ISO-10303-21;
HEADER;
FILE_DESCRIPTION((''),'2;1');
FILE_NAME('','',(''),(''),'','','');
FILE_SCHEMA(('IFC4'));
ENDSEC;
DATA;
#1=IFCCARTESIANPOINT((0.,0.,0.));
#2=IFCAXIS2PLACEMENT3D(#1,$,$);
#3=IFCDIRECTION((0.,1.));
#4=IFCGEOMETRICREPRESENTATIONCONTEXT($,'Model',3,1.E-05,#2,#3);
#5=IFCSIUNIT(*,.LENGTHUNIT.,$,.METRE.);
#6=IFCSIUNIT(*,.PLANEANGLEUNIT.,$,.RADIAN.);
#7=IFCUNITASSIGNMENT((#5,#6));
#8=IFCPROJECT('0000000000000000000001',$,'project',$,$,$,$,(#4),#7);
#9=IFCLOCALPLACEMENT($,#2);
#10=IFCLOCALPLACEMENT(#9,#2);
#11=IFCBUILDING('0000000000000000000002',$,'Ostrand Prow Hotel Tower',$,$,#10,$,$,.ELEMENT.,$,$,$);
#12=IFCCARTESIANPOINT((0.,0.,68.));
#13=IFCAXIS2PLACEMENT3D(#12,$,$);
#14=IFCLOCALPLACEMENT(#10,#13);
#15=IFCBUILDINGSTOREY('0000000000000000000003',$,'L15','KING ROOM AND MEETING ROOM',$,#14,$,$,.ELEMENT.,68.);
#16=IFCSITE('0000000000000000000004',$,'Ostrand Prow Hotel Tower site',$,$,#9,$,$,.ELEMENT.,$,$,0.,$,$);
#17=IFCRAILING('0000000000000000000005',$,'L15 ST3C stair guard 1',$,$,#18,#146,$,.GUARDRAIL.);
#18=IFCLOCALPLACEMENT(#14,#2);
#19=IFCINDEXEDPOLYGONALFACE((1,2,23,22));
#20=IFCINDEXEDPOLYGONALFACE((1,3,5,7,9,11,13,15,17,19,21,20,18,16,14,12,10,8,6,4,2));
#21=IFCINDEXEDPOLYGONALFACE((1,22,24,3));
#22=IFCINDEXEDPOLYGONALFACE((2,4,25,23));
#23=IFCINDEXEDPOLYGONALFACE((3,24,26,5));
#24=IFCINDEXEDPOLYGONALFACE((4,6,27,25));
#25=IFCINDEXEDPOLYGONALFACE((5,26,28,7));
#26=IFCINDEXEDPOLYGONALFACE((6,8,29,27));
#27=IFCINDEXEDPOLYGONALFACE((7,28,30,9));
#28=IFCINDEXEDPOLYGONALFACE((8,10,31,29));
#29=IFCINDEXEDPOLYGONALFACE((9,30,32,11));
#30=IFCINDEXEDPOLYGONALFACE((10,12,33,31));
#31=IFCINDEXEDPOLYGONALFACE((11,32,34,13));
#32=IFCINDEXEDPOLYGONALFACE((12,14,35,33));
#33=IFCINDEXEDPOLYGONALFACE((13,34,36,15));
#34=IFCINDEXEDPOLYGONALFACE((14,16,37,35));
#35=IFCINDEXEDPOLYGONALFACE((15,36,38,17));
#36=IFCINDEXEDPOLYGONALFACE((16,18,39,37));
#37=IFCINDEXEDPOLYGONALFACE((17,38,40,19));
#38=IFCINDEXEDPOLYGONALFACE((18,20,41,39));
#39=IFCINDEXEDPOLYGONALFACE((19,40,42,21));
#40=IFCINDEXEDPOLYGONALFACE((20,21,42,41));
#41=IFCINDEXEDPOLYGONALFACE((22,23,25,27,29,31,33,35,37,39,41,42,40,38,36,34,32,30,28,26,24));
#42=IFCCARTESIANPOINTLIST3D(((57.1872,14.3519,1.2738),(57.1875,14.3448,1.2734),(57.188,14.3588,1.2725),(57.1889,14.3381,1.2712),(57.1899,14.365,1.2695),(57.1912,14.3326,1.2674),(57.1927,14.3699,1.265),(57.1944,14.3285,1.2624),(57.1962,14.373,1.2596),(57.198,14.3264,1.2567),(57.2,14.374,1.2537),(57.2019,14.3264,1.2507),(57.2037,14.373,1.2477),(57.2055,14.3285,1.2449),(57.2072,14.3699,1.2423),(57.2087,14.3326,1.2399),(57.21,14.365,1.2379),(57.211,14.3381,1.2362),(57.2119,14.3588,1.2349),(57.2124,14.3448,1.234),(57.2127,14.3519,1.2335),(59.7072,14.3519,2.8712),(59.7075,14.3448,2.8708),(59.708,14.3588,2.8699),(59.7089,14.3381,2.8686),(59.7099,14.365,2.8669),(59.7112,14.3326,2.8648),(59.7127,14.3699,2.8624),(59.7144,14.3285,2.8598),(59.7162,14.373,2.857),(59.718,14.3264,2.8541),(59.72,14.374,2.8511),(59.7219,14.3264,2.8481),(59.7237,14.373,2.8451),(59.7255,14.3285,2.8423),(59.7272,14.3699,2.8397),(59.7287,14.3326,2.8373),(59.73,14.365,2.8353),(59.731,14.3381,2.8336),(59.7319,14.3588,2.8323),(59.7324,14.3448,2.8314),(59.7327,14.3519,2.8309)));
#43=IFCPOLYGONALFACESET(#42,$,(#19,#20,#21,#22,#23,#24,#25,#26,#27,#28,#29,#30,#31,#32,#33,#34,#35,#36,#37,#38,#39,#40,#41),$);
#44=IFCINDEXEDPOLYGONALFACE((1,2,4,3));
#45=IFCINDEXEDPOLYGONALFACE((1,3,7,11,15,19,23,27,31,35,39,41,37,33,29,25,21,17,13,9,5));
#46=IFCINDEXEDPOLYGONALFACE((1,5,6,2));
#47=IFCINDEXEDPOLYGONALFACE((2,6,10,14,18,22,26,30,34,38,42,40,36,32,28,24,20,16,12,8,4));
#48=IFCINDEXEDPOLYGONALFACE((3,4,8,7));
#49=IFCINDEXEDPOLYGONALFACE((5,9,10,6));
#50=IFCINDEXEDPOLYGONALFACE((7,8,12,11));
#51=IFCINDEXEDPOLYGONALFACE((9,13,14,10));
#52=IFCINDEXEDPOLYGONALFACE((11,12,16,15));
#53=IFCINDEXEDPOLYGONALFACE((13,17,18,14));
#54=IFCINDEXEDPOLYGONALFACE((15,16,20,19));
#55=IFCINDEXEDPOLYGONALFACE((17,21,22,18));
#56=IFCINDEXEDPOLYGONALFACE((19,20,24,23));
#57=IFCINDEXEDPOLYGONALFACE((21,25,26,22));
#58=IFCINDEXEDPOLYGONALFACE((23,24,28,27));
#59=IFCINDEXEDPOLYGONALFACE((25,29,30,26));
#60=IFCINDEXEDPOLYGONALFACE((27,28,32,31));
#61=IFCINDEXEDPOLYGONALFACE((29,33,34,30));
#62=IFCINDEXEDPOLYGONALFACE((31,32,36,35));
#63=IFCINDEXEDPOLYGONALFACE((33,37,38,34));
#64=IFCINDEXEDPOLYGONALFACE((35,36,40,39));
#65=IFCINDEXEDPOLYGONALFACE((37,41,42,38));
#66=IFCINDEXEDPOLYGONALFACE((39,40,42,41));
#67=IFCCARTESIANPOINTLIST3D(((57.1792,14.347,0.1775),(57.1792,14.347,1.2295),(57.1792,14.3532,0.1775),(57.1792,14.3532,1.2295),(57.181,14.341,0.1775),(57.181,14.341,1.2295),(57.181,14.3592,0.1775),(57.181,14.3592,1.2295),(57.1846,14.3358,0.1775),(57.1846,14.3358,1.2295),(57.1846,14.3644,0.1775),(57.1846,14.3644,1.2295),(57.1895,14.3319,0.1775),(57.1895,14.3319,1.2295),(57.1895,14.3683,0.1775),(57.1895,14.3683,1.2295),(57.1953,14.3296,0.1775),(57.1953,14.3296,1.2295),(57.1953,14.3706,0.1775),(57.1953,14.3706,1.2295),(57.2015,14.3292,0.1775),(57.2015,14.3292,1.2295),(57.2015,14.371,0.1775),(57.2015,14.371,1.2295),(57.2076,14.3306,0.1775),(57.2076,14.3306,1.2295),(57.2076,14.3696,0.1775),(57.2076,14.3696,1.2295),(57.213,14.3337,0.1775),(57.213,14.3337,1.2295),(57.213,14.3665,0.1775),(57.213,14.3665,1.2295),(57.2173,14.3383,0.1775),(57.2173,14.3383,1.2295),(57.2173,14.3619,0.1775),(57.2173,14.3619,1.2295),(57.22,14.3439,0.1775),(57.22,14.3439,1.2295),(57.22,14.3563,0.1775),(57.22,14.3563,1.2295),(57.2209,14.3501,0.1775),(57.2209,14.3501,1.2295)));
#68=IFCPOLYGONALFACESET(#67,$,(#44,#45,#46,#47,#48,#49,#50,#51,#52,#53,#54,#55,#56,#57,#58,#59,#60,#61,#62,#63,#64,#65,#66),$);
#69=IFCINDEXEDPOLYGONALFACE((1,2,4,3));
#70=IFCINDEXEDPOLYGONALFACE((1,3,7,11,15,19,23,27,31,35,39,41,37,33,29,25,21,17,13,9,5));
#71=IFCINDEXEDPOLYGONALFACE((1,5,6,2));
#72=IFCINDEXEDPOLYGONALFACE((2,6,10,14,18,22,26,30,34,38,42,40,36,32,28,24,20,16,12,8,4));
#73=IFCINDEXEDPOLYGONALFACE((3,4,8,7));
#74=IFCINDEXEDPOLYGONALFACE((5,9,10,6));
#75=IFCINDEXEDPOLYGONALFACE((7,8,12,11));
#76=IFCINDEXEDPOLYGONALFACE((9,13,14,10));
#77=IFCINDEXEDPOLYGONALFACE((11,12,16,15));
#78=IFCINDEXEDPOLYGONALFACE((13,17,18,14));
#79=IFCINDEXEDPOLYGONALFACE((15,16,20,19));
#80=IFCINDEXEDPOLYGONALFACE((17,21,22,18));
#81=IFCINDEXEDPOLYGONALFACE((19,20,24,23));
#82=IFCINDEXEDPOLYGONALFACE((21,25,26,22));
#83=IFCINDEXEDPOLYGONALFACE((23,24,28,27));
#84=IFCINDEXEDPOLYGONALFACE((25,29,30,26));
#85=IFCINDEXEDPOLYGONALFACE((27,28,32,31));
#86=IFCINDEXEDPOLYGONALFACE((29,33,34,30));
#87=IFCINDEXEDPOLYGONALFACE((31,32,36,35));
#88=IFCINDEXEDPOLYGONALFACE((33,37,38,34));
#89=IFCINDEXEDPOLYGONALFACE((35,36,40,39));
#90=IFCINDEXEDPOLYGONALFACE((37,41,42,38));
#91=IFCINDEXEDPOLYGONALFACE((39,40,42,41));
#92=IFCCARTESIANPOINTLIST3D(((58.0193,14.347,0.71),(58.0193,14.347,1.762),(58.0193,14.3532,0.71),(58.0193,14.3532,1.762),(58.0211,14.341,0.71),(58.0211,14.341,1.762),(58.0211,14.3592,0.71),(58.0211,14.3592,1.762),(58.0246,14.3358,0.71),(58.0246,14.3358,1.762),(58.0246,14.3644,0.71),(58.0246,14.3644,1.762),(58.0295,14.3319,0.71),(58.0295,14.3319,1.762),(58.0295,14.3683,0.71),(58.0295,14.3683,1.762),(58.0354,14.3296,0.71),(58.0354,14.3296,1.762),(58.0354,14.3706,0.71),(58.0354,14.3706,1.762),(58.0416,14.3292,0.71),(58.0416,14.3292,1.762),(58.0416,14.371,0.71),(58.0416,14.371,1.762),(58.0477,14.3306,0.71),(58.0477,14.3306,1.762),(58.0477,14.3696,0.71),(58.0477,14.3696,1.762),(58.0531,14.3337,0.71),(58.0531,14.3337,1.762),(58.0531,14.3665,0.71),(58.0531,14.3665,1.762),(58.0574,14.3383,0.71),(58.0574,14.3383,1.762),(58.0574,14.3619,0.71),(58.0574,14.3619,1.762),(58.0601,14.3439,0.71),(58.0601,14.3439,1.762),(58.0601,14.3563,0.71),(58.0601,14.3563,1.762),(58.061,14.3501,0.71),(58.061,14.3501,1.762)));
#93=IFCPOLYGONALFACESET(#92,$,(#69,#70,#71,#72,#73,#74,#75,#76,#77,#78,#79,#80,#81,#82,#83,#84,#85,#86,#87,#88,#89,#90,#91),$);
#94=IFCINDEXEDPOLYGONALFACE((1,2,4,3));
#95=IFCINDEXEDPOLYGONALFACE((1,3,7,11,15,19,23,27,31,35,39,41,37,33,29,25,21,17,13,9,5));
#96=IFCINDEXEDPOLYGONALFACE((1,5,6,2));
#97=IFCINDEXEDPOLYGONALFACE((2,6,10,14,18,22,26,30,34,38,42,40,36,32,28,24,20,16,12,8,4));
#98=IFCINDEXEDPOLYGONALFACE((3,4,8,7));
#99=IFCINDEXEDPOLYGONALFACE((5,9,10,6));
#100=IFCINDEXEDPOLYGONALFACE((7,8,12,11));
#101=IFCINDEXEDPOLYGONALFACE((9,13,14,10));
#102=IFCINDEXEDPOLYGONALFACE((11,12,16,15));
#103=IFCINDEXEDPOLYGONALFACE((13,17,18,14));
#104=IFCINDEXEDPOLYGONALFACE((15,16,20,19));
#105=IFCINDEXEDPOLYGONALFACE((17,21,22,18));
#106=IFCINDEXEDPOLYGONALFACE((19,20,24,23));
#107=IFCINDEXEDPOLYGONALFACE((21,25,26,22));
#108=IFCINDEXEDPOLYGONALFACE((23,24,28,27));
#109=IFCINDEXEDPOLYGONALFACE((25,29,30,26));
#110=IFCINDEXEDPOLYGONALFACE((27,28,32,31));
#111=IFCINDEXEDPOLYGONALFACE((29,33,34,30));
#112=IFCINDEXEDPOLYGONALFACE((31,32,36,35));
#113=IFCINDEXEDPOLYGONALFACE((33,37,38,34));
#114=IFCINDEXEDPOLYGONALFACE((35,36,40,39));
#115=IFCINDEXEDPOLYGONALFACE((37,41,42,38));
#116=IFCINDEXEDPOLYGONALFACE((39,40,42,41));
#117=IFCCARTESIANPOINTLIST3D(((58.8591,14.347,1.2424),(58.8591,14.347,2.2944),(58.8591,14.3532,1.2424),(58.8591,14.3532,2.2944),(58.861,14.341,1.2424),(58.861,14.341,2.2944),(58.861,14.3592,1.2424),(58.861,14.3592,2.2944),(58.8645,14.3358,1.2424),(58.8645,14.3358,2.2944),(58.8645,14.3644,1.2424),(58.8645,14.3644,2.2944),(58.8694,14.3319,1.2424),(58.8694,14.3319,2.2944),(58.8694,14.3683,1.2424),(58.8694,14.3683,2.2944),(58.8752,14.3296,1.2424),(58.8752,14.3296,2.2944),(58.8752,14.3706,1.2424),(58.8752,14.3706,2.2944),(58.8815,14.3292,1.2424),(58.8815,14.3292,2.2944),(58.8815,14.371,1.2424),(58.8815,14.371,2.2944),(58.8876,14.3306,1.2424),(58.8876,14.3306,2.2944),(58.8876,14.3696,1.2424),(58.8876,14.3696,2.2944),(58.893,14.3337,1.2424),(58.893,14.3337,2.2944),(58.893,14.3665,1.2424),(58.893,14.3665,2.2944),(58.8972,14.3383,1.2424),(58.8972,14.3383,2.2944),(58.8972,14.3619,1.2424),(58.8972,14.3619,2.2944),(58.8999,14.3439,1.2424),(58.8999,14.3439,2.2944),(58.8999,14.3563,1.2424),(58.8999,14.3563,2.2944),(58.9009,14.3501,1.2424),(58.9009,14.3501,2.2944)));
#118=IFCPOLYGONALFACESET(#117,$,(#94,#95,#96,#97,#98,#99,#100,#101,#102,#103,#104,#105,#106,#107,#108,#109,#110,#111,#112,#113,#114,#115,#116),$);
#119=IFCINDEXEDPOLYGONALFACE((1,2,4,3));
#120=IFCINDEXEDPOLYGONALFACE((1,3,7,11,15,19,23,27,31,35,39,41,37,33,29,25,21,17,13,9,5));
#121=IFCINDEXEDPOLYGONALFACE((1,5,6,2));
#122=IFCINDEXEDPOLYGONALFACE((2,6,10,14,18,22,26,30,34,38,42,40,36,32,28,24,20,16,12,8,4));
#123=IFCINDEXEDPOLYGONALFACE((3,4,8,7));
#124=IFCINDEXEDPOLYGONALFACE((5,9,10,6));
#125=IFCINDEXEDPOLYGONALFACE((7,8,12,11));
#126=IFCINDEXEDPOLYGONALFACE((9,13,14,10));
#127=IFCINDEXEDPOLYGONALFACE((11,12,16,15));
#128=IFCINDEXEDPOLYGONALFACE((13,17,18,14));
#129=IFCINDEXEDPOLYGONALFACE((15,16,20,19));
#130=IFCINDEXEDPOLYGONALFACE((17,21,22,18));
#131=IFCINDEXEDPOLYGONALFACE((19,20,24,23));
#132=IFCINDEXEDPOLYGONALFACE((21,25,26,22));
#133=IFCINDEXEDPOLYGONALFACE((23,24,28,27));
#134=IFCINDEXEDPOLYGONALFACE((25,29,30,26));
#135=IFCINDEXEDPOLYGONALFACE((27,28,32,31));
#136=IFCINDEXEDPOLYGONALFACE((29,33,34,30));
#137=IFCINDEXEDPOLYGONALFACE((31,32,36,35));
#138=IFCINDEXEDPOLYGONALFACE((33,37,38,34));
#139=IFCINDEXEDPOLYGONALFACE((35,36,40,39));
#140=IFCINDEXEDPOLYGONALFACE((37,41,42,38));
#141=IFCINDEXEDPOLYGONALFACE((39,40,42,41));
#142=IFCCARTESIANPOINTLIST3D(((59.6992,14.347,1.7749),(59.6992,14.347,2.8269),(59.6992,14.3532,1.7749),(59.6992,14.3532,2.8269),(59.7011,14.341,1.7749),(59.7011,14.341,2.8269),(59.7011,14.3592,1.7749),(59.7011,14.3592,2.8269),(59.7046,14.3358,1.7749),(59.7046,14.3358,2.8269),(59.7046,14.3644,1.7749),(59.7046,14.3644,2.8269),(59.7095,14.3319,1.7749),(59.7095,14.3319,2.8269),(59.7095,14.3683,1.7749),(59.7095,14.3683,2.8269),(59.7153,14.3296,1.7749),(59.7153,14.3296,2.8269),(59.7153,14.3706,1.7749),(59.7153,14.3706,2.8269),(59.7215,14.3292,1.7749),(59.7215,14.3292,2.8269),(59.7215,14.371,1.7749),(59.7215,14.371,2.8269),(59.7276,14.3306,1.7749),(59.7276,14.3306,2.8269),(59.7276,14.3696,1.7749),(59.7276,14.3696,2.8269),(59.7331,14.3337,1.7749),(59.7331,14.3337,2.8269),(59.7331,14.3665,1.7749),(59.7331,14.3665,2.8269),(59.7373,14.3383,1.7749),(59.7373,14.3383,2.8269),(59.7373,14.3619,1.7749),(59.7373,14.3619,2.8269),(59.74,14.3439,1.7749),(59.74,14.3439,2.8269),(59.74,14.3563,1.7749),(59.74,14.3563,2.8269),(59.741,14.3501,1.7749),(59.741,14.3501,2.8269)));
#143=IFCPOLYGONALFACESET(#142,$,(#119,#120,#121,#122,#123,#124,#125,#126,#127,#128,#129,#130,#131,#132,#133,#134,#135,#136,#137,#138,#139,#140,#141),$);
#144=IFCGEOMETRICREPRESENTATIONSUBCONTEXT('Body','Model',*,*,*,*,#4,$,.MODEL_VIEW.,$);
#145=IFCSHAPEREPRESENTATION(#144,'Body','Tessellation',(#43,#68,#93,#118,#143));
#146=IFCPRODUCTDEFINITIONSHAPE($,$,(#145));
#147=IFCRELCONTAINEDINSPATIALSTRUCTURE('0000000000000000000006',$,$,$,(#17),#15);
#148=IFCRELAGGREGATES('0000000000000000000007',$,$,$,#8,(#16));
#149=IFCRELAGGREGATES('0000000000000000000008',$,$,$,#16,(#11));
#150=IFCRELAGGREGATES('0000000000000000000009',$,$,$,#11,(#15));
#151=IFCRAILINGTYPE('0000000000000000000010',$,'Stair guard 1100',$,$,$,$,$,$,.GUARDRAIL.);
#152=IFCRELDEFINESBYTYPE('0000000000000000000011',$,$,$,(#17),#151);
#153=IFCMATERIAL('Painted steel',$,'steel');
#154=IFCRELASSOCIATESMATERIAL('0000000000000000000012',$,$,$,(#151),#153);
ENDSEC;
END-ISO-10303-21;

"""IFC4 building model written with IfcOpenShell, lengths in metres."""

from ifc_helpers import new_model, si_unit, direction, frame, origin, origin_2d, place, context, subcontext, project, spatial, circle, extrude, material, type_object, element, save


model = new_model("IFC4")

# Units and contexts
model_context = context("Model", 3, precision=1e-05, world=origin(), true_north=direction((0.0, 1.0)))
body_context = subcontext(model_context, "Body", "Model", "MODEL_VIEW")
ifc_project = project(units=[si_unit("LENGTHUNIT", "METRE"), si_unit("PLANEANGLEUNIT", "RADIAN")], contexts=[model_context])

# Site, building, storey
site_placement = place(None, origin())
site = spatial("IfcSite", under=ifc_project, at=site_placement, Name="Ostrand Prow Hotel Tower site", CompositionType="ELEMENT", RefElevation=0.0)
building_placement = place(site_placement, origin())
building = spatial("IfcBuilding", under=site, at=building_placement, Name="Ostrand Prow Hotel Tower", CompositionType="ELEMENT")
storey_placement = place(building_placement, frame((0.0, 0.0, 68.0)))
storey = spatial("IfcBuildingStorey", under=building, at=storey_placement, Name="L15", Description="KING ROOM AND MEETING ROOM", CompositionType="ELEMENT", Elevation=68.0)

# Railing
ifc_material_1 = material(Name="Painted steel", Category="steel")
railing_type_1 = type_object("IfcRailingType", Name="Stair guard 1100", PredefinedType="GUARDRAIL", material=ifc_material_1)
railing_1_placement = place(storey_placement, frame((57.2, 14.3501, 0.1775)))
element("IfcRailing", 1, at=railing_1_placement, inside=storey, type_object=railing_type_1, Name="L15 ST3C stair guard 1", PredefinedType="GUARDRAIL", context=body_context, shape_type="SweptSolid", body=[
    extrude(circle(Radius=0.0239, at=origin_2d()), frame((0.0, 0.0, 1.0762), z_axis=(0.844607, 0.0, 0.535387), x_axis=(0.0, 1.0, 0.0)), (0.0, 0.0, 1.0), 2.9836),
    extrude(circle(Radius=0.021, at=origin_2d()), origin(), (0.0, 0.0, 1.0), 1.052),
    extrude(circle(Radius=0.021, at=origin_2d()), frame((0.8401, 0.0, 0.5325)), (0.0, 0.0, 1.0), 1.052),
    extrude(circle(Radius=0.021, at=origin_2d()), frame((1.6799, 0.0, 1.0649)), (0.0, 0.0, 1.0), 1.052),
    extrude(circle(Radius=0.021, at=origin_2d()), frame((2.52, 0.0, 1.5974)), (0.0, 0.0, 1.0), 1.052),
])

save(model, "model.ifc")
